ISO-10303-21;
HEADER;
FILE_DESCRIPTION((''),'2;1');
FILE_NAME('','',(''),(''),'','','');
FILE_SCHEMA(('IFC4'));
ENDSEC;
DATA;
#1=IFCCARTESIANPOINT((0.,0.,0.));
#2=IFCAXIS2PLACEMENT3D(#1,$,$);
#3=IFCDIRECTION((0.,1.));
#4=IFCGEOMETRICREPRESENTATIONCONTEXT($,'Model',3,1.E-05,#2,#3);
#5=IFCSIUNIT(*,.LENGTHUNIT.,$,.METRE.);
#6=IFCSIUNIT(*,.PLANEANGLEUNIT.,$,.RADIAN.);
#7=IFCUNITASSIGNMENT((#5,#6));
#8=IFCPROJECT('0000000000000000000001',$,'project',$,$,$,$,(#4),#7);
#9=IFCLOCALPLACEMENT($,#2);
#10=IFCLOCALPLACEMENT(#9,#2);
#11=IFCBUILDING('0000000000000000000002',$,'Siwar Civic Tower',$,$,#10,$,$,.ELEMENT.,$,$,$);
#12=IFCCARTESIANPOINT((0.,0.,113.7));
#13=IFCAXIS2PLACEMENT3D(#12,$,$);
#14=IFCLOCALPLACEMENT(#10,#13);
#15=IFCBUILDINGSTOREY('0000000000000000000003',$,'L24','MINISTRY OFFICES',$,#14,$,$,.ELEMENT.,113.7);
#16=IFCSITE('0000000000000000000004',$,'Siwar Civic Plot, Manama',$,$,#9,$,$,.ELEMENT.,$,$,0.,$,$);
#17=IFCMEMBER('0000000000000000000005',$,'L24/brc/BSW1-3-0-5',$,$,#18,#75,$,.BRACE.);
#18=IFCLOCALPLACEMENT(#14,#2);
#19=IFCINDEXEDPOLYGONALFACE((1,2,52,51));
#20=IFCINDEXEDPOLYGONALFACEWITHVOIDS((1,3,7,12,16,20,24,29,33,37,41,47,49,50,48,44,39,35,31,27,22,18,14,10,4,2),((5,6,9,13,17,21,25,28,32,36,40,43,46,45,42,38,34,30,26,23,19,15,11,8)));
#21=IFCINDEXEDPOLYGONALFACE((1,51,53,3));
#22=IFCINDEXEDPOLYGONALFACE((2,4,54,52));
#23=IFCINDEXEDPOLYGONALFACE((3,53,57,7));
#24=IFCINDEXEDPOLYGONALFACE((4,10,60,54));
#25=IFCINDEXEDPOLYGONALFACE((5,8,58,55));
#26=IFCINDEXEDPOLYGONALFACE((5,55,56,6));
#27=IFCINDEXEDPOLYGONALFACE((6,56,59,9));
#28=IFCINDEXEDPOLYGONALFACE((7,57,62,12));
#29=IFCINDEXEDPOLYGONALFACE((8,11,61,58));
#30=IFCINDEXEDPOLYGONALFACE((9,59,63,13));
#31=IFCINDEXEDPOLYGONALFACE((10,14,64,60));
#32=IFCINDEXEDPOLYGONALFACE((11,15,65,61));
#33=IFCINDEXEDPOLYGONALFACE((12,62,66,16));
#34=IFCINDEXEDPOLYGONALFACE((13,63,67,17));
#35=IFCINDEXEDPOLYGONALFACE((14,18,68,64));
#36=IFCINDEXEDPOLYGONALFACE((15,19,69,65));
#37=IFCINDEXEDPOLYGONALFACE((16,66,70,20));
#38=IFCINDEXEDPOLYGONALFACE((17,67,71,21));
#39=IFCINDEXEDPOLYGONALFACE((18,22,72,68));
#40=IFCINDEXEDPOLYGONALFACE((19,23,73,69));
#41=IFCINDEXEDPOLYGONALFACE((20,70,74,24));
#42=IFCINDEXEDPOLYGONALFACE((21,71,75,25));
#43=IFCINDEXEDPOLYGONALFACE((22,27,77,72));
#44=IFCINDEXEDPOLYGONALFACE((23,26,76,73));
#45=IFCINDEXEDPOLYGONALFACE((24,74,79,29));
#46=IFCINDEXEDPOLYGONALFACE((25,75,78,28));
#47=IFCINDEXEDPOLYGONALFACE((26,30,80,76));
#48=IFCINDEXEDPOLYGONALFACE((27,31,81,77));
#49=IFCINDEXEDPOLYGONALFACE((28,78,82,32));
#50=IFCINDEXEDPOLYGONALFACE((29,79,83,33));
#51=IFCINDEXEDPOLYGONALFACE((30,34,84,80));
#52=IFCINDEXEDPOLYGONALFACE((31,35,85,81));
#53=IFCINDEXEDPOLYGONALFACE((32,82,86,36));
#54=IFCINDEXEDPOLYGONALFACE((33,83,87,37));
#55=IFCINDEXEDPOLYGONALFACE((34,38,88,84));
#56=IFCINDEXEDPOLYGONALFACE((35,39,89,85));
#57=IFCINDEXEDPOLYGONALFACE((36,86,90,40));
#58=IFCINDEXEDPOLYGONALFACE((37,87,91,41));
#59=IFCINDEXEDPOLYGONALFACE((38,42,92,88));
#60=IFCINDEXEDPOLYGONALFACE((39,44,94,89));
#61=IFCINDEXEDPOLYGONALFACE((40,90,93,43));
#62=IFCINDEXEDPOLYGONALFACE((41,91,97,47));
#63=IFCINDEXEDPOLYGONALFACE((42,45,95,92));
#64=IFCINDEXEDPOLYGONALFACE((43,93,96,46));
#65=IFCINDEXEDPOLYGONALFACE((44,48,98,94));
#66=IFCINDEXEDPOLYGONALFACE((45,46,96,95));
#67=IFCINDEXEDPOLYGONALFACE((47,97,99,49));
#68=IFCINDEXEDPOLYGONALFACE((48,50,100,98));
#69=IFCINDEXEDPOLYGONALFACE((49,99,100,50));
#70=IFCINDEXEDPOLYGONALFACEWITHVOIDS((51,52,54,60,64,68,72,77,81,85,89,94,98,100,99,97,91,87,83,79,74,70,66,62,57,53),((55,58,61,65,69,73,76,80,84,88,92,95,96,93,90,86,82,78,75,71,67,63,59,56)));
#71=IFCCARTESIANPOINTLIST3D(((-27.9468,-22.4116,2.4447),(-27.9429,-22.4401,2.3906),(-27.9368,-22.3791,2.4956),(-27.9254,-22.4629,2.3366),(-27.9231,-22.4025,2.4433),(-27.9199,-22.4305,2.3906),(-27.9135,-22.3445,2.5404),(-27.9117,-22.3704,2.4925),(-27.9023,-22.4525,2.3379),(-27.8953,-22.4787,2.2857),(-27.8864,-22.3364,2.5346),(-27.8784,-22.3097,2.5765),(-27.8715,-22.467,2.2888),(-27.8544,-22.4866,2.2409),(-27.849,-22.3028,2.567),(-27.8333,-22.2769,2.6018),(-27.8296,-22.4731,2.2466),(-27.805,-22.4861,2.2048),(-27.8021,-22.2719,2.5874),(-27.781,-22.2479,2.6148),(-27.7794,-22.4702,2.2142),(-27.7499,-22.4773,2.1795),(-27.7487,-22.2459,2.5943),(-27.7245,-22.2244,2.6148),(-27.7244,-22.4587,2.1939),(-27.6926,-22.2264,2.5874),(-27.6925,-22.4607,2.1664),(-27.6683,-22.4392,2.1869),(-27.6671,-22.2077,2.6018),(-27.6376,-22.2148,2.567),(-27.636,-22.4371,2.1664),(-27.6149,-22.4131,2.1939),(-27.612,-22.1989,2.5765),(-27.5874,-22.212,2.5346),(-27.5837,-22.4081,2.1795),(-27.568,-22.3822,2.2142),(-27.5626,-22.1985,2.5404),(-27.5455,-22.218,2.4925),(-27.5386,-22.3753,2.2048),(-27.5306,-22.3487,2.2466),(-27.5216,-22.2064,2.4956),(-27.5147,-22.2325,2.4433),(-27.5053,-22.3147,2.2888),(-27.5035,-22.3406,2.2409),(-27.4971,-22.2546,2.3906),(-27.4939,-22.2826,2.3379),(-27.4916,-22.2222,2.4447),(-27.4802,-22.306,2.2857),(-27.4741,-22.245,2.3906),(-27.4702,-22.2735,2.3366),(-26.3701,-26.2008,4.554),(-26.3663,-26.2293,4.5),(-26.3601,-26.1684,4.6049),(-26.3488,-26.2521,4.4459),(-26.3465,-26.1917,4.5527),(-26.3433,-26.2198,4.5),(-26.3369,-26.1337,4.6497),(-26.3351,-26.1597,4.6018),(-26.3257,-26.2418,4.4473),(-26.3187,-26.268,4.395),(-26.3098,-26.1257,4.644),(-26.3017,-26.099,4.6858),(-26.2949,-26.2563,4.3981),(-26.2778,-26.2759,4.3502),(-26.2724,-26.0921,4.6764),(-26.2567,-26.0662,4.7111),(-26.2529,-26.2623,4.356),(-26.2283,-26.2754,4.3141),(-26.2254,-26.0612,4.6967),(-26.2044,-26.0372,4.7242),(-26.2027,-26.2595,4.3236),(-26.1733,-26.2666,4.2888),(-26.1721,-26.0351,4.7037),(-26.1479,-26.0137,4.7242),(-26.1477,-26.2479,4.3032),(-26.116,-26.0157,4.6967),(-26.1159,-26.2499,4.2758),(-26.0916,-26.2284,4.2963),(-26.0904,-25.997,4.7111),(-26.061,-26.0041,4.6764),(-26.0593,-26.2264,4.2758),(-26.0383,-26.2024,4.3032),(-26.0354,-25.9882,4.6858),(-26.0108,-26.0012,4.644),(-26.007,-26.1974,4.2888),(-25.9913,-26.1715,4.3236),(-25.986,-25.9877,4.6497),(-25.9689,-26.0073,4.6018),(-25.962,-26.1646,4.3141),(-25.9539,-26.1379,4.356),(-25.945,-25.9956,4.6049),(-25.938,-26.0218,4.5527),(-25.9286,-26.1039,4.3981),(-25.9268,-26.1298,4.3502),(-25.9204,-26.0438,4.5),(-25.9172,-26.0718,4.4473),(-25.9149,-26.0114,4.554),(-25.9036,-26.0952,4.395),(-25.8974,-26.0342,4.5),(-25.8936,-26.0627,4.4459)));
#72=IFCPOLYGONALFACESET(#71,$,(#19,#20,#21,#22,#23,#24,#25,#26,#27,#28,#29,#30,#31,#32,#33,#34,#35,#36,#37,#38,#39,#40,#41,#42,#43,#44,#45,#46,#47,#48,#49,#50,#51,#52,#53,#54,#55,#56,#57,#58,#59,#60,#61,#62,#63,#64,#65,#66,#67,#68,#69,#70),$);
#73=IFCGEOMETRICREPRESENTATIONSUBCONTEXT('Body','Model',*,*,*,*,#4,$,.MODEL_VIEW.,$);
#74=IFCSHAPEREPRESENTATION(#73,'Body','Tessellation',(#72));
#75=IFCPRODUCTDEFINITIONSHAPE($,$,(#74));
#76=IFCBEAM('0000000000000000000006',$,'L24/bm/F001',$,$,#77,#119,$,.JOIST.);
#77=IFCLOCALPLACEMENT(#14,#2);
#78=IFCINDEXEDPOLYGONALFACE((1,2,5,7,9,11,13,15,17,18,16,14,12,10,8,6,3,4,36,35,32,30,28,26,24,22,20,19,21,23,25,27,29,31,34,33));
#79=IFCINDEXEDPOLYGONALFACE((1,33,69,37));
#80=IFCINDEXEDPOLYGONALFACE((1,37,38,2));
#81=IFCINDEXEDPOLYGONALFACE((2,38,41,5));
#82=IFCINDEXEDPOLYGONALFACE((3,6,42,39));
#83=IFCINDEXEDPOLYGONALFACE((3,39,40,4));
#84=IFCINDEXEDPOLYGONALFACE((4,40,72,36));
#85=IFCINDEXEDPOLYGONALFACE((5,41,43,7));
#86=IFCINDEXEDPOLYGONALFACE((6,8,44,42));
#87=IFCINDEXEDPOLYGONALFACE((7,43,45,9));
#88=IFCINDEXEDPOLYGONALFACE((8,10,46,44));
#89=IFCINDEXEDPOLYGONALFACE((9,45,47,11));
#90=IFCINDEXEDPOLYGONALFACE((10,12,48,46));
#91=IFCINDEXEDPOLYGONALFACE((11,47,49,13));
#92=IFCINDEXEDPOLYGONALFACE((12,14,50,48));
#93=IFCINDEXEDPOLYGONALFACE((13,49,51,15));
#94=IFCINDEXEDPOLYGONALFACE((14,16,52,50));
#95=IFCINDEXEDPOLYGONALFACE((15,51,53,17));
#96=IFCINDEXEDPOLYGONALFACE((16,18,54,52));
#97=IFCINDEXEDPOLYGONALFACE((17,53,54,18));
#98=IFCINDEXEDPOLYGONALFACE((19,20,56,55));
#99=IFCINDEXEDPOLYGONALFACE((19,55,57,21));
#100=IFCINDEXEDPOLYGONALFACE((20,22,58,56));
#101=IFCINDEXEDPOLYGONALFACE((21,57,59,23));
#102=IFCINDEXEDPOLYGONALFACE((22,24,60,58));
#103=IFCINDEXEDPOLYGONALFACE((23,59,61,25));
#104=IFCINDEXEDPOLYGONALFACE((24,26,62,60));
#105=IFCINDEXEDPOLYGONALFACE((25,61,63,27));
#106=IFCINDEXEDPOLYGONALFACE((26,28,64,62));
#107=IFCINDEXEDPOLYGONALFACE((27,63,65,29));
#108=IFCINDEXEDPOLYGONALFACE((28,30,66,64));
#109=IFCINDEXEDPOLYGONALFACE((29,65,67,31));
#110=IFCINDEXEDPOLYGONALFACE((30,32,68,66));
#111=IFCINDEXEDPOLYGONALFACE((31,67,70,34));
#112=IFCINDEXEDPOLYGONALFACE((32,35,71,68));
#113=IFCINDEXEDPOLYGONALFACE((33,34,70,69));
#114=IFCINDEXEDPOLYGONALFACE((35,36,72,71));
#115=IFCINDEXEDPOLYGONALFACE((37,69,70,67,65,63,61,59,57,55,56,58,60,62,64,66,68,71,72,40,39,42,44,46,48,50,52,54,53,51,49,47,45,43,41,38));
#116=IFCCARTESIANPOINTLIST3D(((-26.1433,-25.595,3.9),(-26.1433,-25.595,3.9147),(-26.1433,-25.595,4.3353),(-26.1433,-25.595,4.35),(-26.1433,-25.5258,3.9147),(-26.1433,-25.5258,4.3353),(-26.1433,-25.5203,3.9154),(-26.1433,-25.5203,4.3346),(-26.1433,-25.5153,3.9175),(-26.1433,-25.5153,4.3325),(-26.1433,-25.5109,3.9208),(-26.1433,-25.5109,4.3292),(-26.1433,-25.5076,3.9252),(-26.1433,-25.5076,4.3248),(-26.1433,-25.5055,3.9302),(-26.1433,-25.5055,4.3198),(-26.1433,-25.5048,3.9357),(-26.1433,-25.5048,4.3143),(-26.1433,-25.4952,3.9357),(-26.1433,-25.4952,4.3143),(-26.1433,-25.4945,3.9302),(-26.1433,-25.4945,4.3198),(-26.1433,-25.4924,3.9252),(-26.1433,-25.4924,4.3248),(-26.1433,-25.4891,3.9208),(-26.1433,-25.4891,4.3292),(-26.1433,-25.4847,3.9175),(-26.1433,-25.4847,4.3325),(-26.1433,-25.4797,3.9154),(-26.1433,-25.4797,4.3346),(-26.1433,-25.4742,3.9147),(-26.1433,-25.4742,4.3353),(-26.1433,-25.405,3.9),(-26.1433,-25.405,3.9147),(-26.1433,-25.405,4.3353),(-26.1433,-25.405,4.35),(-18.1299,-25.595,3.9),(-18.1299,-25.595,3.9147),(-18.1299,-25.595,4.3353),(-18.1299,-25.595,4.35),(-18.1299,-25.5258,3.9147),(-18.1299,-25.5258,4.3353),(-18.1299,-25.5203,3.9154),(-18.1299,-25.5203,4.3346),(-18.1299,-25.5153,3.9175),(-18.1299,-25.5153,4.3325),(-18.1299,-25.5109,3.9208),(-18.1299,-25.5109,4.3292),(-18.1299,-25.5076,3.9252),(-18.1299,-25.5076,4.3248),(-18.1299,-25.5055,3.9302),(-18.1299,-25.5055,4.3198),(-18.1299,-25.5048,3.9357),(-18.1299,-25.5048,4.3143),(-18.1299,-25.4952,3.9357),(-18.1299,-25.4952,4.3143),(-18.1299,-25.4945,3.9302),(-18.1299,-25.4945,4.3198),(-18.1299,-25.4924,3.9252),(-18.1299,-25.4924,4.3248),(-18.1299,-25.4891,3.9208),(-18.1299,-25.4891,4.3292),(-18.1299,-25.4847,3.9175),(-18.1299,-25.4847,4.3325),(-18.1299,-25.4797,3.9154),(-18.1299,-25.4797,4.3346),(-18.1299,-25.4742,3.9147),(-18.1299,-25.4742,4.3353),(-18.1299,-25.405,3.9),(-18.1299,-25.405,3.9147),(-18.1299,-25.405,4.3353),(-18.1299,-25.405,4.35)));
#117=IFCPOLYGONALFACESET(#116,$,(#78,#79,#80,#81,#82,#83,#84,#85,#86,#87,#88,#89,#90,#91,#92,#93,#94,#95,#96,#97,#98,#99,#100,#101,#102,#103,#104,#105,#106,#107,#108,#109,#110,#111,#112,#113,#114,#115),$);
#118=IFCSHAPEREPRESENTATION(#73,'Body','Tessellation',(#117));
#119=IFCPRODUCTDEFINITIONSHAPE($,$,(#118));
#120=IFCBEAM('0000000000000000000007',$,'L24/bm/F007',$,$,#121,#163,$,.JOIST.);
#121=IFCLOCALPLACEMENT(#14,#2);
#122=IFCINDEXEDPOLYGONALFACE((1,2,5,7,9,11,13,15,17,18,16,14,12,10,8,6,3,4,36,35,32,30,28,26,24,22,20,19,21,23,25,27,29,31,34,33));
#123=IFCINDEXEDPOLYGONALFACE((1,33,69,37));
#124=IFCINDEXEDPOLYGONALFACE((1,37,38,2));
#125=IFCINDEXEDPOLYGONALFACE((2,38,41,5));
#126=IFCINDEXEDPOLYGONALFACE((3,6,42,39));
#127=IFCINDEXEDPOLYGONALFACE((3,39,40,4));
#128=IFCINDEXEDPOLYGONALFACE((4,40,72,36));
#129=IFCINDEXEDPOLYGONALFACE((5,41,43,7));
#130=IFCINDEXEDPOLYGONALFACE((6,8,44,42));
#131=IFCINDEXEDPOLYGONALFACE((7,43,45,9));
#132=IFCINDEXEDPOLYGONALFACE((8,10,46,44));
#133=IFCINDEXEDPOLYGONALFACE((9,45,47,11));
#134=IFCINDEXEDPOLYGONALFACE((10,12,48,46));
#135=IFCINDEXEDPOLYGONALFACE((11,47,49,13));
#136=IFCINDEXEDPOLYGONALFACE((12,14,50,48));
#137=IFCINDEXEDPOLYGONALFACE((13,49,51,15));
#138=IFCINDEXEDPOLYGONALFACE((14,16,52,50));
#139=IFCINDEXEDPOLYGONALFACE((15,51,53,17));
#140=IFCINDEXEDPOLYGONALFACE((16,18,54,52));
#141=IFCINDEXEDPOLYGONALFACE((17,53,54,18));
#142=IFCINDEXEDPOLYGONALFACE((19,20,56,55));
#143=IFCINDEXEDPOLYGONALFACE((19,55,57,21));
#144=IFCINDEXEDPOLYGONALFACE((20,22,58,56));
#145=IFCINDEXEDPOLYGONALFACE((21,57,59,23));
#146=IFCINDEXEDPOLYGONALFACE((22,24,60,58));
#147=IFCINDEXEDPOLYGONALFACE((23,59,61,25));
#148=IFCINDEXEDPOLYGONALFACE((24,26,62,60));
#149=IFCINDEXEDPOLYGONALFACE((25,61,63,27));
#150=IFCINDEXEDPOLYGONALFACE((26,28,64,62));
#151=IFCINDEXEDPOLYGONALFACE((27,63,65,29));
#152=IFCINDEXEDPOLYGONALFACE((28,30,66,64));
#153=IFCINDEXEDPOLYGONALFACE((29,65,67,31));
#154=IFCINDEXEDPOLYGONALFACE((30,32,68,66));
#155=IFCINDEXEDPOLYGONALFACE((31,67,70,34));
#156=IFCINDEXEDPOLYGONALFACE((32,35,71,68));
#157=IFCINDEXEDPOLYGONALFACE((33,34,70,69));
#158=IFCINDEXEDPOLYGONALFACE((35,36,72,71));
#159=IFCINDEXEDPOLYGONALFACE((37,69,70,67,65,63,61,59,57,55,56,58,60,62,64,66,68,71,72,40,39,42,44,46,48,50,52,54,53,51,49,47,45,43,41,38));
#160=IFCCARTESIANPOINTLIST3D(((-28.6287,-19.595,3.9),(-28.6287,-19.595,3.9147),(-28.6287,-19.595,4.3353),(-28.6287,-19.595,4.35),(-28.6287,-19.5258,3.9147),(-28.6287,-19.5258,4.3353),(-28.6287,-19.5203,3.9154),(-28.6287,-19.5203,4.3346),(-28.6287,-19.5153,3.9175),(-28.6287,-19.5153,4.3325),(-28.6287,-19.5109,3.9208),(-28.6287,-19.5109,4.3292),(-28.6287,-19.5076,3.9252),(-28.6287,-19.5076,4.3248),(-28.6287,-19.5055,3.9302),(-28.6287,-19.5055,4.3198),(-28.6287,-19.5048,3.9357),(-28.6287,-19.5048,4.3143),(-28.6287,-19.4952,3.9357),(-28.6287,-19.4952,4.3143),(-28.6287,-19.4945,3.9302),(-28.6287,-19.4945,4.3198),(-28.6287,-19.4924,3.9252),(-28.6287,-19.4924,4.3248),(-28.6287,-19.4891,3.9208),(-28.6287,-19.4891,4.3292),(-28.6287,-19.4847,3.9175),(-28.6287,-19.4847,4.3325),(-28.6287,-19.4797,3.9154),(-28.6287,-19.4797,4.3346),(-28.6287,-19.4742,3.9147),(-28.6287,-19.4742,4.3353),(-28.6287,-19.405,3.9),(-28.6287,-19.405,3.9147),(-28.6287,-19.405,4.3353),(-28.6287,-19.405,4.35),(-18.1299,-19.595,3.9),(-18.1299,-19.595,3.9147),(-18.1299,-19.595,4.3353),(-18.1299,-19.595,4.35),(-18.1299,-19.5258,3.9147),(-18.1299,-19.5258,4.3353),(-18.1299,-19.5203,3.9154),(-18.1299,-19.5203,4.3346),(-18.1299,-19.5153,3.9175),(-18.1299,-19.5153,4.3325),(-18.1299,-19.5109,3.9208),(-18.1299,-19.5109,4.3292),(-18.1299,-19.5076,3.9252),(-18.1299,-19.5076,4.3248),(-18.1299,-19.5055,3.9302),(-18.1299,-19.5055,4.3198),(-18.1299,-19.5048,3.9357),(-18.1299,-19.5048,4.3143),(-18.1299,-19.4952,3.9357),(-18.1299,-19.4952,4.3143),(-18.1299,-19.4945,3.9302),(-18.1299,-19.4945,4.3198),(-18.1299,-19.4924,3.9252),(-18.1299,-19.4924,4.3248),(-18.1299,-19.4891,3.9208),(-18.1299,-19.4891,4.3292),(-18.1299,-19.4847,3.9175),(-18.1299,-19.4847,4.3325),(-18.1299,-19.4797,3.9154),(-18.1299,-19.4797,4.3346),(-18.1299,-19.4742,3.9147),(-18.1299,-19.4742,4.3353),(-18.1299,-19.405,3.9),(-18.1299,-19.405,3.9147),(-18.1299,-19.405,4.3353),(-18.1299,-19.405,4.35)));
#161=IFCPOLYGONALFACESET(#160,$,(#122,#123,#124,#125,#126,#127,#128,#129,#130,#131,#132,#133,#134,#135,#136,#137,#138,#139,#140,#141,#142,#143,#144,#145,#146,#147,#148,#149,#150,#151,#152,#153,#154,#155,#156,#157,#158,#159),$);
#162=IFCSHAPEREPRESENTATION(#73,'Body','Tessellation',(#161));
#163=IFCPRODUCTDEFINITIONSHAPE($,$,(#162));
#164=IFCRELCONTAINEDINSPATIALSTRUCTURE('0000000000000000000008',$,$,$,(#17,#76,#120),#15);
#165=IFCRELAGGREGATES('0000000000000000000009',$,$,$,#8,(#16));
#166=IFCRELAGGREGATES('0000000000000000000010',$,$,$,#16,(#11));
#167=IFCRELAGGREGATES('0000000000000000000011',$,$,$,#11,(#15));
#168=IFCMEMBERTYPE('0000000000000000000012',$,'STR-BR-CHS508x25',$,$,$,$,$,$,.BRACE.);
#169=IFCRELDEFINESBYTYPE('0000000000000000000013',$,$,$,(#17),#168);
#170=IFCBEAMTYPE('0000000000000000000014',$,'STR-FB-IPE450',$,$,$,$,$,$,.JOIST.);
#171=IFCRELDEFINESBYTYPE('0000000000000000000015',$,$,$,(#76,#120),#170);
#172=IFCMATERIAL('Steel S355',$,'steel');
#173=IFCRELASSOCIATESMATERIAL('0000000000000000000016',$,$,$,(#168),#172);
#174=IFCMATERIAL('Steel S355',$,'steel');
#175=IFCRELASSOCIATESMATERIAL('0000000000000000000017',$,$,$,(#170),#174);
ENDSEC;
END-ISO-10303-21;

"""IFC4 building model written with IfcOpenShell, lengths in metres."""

from ifc_helpers import new_model, si_unit, direction, frame, origin, origin_2d, place, context, subcontext, project, spatial, hollow_circle, i_section, extrude, material, material_profile, profile_set, type_object, element, save


model = new_model("IFC4")

# Units and contexts
model_context = context("Model", 3, precision=1e-05, world=origin(), true_north=direction((0.0, 1.0)))
body_context = subcontext(model_context, "Body", "Model", "MODEL_VIEW")
ifc_project = project(units=[si_unit("LENGTHUNIT", "METRE"), si_unit("PLANEANGLEUNIT", "RADIAN")], contexts=[model_context])

# Site, building, storey
site_placement = place(None, origin())
site = spatial("IfcSite", under=ifc_project, at=site_placement, Name="Siwar Civic Plot, Manama", CompositionType="ELEMENT", RefElevation=0.0)
building_placement = place(site_placement, origin())
building = spatial("IfcBuilding", under=site, at=building_placement, Name="Siwar Civic Tower", CompositionType="ELEMENT")
storey_placement = place(building_placement, frame((0.0, 0.0, 113.7)))
storey = spatial("IfcBuildingStorey", under=building, at=storey_placement, Name="L24", Description="MINISTRY OFFICES", CompositionType="ELEMENT", Elevation=113.7)

# Member
ifc_material_1 = material(Name="Steel S355", Category="steel")
ifc_material_profile_1 = material_profile(ifc_material_1, hollow_circle(Radius=0.2539, WallThickness=0.0249, at=origin_2d()), Name="CHS508x25")
ifc_profile_set_1 = profile_set([ifc_material_profile_1], Name="Steel S355")
member_type = type_object("IfcMemberType", Name="STR-BR-CHS508x25", PredefinedType="BRACE", material=ifc_profile_set_1)
member_placement = place(storey_placement, frame((-27.7085, -22.3425, 2.3906), z_axis=(0.341671, -0.821163, 0.457113), x_axis=(0.923269, 0.384155, 0.0)))
element("IfcMember", 1, at=member_placement, inside=storey, type_object=member_type, Name="L24/brc/BSW1-3-0-5", PredefinedType="BRACE", context=body_context, shape_type="SweptSolid", body=[
    extrude(hollow_circle(Radius=0.2539, WallThickness=0.0249, at=origin_2d()), origin(), (0.0, 0.0, 1.0), 4.6145),
])

# Beams
ifc_material_2 = material(Name="Steel S355", Category="steel")
ifc_material_profile_2 = material_profile(ifc_material_2, i_section(OverallWidth=0.1899, OverallDepth=0.45, WebThickness=0.0095, FlangeThickness=0.0146, FilletRadius=0.021, at=origin_2d()), Name="IPE450")
ifc_profile_set_2 = profile_set([ifc_material_profile_2], Name="Steel S355")
beam_type_1 = type_object("IfcBeamType", Name="STR-FB-IPE450", PredefinedType="JOIST", material=ifc_profile_set_2)
beam_1_placement = place(storey_placement, frame((-26.1433, -25.5, 4.125), z_axis=(1.0, 0.0, 0.0), x_axis=(0.0, 1.0, 0.0)))
element("IfcBeam", 2, at=beam_1_placement, inside=storey, type_object=beam_type_1, Name="L24/bm/F001", PredefinedType="JOIST", context=body_context, shape_type="SweptSolid", body=[
    extrude(i_section(OverallWidth=0.1899, OverallDepth=0.45, WebThickness=0.0095, FlangeThickness=0.0146, FilletRadius=0.021, at=origin_2d()), origin(), (0.0, 0.0, 1.0), 8.0134),
])
beam_2_placement = place(storey_placement, frame((-28.6287, -19.5, 4.125), z_axis=(1.0, 0.0, 0.0), x_axis=(0.0, 1.0, 0.0)))
element("IfcBeam", 3, at=beam_2_placement, inside=storey, type_object=beam_type_1, Name="L24/bm/F007", PredefinedType="JOIST", context=body_context, shape_type="SweptSolid", body=[
    extrude(i_section(OverallWidth=0.1899, OverallDepth=0.45, WebThickness=0.0095, FlangeThickness=0.0146, FilletRadius=0.021, at=origin_2d()), origin(), (0.0, 0.0, 1.0), 10.4988),
])

save(model, "model.ifc")
